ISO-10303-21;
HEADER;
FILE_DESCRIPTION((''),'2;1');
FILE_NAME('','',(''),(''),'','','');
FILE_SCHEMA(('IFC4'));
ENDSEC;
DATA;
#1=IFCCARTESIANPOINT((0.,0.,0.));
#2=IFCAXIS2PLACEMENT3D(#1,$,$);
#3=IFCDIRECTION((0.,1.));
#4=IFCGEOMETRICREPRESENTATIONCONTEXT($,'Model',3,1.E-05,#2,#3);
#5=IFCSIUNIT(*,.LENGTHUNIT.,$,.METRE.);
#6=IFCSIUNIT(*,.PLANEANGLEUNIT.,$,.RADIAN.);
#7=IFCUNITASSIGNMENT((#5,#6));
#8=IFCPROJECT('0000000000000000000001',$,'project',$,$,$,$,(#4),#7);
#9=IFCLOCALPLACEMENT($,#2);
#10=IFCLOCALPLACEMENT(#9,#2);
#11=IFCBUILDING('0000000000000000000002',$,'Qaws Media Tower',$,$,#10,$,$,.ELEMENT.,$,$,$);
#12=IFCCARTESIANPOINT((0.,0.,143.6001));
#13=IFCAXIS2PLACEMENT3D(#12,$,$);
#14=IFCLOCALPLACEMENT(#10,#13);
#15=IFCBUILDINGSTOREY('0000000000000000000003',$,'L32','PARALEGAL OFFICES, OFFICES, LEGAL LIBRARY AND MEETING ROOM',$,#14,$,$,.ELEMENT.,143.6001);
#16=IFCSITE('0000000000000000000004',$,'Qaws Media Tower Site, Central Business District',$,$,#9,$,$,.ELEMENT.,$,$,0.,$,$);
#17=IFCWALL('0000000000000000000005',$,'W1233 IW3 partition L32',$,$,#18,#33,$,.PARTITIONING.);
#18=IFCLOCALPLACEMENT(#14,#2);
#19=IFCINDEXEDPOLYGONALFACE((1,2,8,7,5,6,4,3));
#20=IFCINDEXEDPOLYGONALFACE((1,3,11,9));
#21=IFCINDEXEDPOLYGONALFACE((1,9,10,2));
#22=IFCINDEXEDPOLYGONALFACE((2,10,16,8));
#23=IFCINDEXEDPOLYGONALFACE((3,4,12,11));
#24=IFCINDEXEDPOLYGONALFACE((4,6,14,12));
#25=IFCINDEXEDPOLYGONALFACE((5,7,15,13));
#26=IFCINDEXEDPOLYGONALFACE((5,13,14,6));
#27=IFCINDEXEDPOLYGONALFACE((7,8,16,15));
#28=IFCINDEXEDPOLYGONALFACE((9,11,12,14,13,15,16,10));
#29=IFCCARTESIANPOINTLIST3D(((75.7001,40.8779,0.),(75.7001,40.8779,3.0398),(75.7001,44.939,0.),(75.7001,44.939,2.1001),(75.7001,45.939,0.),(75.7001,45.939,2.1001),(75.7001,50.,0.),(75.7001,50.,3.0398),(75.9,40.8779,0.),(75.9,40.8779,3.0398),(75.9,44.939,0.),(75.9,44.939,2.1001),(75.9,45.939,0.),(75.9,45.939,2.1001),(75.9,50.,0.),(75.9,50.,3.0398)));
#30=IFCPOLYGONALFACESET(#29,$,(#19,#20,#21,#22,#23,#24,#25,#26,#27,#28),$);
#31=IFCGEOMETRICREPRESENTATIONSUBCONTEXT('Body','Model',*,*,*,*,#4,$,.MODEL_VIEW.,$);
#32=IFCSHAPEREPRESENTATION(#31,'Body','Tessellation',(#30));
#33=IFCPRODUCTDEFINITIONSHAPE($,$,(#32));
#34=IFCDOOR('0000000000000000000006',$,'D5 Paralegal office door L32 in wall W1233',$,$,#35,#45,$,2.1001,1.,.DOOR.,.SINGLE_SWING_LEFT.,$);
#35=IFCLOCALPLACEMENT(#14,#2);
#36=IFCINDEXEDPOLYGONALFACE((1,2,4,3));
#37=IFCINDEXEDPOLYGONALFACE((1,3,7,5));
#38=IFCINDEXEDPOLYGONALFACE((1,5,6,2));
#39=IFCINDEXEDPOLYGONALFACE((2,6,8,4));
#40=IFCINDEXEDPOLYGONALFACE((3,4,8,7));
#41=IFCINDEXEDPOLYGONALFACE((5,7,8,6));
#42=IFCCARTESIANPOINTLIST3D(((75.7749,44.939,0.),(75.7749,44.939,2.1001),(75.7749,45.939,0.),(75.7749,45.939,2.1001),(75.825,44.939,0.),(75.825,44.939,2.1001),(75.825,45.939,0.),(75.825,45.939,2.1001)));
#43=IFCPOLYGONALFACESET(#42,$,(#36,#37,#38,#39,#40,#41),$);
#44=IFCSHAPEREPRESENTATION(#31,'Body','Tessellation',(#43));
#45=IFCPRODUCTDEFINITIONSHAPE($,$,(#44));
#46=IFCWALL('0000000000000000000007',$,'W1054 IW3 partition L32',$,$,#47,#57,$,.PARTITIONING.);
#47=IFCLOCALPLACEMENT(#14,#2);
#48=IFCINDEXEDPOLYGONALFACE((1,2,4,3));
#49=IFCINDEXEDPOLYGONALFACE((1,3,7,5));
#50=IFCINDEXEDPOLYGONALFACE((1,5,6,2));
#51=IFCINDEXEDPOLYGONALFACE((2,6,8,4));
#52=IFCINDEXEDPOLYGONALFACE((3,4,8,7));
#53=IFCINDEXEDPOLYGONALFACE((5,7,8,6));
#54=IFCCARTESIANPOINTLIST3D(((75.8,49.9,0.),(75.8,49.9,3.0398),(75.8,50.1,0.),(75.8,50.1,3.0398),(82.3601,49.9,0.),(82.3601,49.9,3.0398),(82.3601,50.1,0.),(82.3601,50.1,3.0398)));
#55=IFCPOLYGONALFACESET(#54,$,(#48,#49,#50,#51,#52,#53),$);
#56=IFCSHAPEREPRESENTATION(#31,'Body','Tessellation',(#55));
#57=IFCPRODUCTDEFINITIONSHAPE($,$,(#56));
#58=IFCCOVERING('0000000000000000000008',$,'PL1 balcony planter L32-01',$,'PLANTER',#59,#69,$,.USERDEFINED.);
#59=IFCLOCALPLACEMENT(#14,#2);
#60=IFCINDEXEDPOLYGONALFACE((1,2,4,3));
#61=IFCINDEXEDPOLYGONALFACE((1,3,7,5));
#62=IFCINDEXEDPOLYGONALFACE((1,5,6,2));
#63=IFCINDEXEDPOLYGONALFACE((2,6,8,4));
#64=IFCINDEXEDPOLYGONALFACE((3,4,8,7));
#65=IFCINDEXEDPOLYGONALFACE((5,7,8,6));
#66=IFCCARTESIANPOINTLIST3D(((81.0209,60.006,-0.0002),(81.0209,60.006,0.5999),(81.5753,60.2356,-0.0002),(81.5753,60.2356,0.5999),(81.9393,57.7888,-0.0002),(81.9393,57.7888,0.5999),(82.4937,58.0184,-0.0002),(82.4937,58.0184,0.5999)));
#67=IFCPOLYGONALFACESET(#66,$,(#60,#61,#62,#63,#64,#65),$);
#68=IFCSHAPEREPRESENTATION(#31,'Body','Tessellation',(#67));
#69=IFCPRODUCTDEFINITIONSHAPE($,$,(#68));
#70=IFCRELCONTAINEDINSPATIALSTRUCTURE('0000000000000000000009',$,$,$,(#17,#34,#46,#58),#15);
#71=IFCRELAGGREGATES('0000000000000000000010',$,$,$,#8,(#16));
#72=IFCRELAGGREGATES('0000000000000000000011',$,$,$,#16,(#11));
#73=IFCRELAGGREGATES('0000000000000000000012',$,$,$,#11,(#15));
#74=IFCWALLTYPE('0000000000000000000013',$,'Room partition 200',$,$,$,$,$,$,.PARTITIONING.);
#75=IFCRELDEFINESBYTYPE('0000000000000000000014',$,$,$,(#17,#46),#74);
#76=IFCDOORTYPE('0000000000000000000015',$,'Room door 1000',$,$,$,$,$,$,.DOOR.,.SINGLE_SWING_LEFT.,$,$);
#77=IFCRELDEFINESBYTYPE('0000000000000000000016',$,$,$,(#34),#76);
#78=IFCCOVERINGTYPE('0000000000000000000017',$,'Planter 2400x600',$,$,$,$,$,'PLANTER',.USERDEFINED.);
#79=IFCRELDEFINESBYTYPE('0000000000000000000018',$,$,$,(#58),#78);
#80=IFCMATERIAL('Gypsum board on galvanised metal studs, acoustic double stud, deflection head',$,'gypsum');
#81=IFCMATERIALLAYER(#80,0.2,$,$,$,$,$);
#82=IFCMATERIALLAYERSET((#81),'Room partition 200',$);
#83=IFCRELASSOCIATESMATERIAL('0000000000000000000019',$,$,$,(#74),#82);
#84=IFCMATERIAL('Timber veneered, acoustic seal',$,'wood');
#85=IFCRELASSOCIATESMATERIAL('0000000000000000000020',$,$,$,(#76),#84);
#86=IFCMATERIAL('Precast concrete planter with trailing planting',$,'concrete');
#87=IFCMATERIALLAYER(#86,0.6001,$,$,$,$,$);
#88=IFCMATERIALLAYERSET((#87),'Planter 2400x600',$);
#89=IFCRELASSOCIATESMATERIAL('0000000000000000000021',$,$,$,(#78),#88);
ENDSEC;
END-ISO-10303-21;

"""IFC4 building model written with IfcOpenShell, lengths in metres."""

from ifc_helpers import new_model, si_unit, direction, frame, frame_2d, origin, origin_2d, place, context, subcontext, project, spatial, rectangle, extrude, material, layer, layer_set, type_object, element, fill, save


model = new_model("IFC4")

# Units and contexts
model_context = context("Model", 3, precision=1e-05, world=origin(), true_north=direction((0.0, 1.0)))
body_context = subcontext(model_context, "Body", "Model", "MODEL_VIEW")
ifc_project = project(units=[si_unit("LENGTHUNIT", "METRE"), si_unit("PLANEANGLEUNIT", "RADIAN")], contexts=[model_context])

# Site, building, storey
site_placement = place(None, origin())
site = spatial("IfcSite", under=ifc_project, at=site_placement, Name="Qaws Media Tower Site, Central Business District", CompositionType="ELEMENT", RefElevation=0.0)
building_placement = place(site_placement, origin())
building = spatial("IfcBuilding", under=site, at=building_placement, Name="Qaws Media Tower", CompositionType="ELEMENT")
storey_placement = place(building_placement, frame((0.0, 0.0, 143.6001)))
storey = spatial("IfcBuildingStorey", under=building, at=storey_placement, Name="L32", Description="PARALEGAL OFFICES, OFFICES, LEGAL LIBRARY AND MEETING ROOM", CompositionType="ELEMENT", Elevation=143.6001)

# Shared definitions
ifc_material_1 = material(Name="Gypsum board on galvanised metal studs, acoustic double stud, deflection head", Category="gypsum")
ifc_layer_1 = layer(ifc_material_1, 0.2)
ifc_layer_set_1 = layer_set([ifc_layer_1], Name="Room partition 200")
wall_type_1 = type_object("IfcWallType", Name="Room partition 200", PredefinedType="PARTITIONING", material=ifc_layer_set_1)

# Wall, opening, door
wall_1_placement = place(storey_placement, frame((75.8, 50.0, 0.0), z_axis=(0.0, 0.0, 1.0), x_axis=(0.0, -1.0, 0.0)))
wall_1 = element("IfcWall", 1, at=wall_1_placement, inside=storey, type_object=wall_type_1, Name="W1233 IW3 partition L32", PredefinedType="PARTITIONING", context=body_context, shape_type="SweptSolid", body=[
    extrude(rectangle(XDim=9.1221, YDim=0.2, at=frame_2d((4.561, 0.0))), origin(), (0.0, 0.0, 1.0), 3.0398),
])
opening_1_placement = place(wall_1_placement, frame((4.061, 0.0, 0.0)))
opening_1 = element("IfcOpeningElement", 2, at=opening_1_placement, cuts=wall_1, PredefinedType="OPENING", context=body_context, shape_type="SweptSolid", body=[
    extrude(rectangle(XDim=1.0, YDim=2.1001, at=frame_2d((0.5, 1.05))), frame((0.0, 0.1099, 0.0), z_axis=(0.0, -1.0, 0.0), x_axis=(1.0, 0.0, 0.0)), (0.0, 0.0, 1.0), 0.22),
])
ifc_material_2 = material(Name="Timber veneered, acoustic seal", Category="wood")
door_type_1 = type_object("IfcDoorType", Name="Room door 1000", OperationType="SINGLE_SWING_LEFT", PredefinedType="DOOR", material=ifc_material_2)
door_1_placement = place(opening_1_placement, origin())
door_1 = element("IfcDoor", 3, at=door_1_placement, inside=storey, type_object=door_type_1, Name="D5 Paralegal office door L32 in wall W1233", OperationType="SINGLE_SWING_LEFT", OverallHeight=2.1001, OverallWidth=1.0, PredefinedType="DOOR", context=body_context, shape_type="SweptSolid", body=[
    extrude(rectangle(XDim=1.0, YDim=2.1001, at=frame_2d((0.5, 1.05))), frame((0.0, 0.0249, 0.0), z_axis=(0.0, -1.0, 0.0), x_axis=(1.0, 0.0, 0.0)), (0.0, 0.0, 1.0), 0.05),
])
fill(opening_1, door_1)

# Wall
wall_2_placement = place(storey_placement, frame((75.8, 50.0, 0.0), z_axis=(0.0, 0.0, 1.0), x_axis=(1.0, 0.0, 0.0)))
element("IfcWall", 4, at=wall_2_placement, inside=storey, type_object=wall_type_1, Name="W1054 IW3 partition L32", PredefinedType="PARTITIONING", context=body_context, shape_type="SweptSolid", body=[
    extrude(rectangle(XDim=6.5601, YDim=0.2, at=frame_2d((3.28, 0.0))), origin(), (0.0, 0.0, 1.0), 3.0398),
])

# Covering
ifc_material_3 = material(Name="Precast concrete planter with trailing planting", Category="concrete")
ifc_layer_2 = layer(ifc_material_3, 0.6001)
ifc_layer_set_2 = layer_set([ifc_layer_2], Name="Planter 2400x600")
covering_type = type_object("IfcCoveringType", Name="Planter 2400x600", ElementType="PLANTER", PredefinedType="USERDEFINED", material=ifc_layer_set_2)
covering_placement = place(storey_placement, frame((81.7573, 59.0122, -0.0002), z_axis=(0.0, 0.0, 1.0), x_axis=(-0.382683, 0.92388, 0.0)))
element("IfcCovering", 5, at=covering_placement, inside=storey, type_object=covering_type, Name="PL1 balcony planter L32-01", ObjectType="PLANTER", PredefinedType="USERDEFINED", context=body_context, shape_type="SweptSolid", body=[
    extrude(rectangle(XDim=2.3999, YDim=0.6001, at=origin_2d()), origin(), (0.0, 0.0, 1.0), 0.6001),
])

save(model, "model.ifc")
